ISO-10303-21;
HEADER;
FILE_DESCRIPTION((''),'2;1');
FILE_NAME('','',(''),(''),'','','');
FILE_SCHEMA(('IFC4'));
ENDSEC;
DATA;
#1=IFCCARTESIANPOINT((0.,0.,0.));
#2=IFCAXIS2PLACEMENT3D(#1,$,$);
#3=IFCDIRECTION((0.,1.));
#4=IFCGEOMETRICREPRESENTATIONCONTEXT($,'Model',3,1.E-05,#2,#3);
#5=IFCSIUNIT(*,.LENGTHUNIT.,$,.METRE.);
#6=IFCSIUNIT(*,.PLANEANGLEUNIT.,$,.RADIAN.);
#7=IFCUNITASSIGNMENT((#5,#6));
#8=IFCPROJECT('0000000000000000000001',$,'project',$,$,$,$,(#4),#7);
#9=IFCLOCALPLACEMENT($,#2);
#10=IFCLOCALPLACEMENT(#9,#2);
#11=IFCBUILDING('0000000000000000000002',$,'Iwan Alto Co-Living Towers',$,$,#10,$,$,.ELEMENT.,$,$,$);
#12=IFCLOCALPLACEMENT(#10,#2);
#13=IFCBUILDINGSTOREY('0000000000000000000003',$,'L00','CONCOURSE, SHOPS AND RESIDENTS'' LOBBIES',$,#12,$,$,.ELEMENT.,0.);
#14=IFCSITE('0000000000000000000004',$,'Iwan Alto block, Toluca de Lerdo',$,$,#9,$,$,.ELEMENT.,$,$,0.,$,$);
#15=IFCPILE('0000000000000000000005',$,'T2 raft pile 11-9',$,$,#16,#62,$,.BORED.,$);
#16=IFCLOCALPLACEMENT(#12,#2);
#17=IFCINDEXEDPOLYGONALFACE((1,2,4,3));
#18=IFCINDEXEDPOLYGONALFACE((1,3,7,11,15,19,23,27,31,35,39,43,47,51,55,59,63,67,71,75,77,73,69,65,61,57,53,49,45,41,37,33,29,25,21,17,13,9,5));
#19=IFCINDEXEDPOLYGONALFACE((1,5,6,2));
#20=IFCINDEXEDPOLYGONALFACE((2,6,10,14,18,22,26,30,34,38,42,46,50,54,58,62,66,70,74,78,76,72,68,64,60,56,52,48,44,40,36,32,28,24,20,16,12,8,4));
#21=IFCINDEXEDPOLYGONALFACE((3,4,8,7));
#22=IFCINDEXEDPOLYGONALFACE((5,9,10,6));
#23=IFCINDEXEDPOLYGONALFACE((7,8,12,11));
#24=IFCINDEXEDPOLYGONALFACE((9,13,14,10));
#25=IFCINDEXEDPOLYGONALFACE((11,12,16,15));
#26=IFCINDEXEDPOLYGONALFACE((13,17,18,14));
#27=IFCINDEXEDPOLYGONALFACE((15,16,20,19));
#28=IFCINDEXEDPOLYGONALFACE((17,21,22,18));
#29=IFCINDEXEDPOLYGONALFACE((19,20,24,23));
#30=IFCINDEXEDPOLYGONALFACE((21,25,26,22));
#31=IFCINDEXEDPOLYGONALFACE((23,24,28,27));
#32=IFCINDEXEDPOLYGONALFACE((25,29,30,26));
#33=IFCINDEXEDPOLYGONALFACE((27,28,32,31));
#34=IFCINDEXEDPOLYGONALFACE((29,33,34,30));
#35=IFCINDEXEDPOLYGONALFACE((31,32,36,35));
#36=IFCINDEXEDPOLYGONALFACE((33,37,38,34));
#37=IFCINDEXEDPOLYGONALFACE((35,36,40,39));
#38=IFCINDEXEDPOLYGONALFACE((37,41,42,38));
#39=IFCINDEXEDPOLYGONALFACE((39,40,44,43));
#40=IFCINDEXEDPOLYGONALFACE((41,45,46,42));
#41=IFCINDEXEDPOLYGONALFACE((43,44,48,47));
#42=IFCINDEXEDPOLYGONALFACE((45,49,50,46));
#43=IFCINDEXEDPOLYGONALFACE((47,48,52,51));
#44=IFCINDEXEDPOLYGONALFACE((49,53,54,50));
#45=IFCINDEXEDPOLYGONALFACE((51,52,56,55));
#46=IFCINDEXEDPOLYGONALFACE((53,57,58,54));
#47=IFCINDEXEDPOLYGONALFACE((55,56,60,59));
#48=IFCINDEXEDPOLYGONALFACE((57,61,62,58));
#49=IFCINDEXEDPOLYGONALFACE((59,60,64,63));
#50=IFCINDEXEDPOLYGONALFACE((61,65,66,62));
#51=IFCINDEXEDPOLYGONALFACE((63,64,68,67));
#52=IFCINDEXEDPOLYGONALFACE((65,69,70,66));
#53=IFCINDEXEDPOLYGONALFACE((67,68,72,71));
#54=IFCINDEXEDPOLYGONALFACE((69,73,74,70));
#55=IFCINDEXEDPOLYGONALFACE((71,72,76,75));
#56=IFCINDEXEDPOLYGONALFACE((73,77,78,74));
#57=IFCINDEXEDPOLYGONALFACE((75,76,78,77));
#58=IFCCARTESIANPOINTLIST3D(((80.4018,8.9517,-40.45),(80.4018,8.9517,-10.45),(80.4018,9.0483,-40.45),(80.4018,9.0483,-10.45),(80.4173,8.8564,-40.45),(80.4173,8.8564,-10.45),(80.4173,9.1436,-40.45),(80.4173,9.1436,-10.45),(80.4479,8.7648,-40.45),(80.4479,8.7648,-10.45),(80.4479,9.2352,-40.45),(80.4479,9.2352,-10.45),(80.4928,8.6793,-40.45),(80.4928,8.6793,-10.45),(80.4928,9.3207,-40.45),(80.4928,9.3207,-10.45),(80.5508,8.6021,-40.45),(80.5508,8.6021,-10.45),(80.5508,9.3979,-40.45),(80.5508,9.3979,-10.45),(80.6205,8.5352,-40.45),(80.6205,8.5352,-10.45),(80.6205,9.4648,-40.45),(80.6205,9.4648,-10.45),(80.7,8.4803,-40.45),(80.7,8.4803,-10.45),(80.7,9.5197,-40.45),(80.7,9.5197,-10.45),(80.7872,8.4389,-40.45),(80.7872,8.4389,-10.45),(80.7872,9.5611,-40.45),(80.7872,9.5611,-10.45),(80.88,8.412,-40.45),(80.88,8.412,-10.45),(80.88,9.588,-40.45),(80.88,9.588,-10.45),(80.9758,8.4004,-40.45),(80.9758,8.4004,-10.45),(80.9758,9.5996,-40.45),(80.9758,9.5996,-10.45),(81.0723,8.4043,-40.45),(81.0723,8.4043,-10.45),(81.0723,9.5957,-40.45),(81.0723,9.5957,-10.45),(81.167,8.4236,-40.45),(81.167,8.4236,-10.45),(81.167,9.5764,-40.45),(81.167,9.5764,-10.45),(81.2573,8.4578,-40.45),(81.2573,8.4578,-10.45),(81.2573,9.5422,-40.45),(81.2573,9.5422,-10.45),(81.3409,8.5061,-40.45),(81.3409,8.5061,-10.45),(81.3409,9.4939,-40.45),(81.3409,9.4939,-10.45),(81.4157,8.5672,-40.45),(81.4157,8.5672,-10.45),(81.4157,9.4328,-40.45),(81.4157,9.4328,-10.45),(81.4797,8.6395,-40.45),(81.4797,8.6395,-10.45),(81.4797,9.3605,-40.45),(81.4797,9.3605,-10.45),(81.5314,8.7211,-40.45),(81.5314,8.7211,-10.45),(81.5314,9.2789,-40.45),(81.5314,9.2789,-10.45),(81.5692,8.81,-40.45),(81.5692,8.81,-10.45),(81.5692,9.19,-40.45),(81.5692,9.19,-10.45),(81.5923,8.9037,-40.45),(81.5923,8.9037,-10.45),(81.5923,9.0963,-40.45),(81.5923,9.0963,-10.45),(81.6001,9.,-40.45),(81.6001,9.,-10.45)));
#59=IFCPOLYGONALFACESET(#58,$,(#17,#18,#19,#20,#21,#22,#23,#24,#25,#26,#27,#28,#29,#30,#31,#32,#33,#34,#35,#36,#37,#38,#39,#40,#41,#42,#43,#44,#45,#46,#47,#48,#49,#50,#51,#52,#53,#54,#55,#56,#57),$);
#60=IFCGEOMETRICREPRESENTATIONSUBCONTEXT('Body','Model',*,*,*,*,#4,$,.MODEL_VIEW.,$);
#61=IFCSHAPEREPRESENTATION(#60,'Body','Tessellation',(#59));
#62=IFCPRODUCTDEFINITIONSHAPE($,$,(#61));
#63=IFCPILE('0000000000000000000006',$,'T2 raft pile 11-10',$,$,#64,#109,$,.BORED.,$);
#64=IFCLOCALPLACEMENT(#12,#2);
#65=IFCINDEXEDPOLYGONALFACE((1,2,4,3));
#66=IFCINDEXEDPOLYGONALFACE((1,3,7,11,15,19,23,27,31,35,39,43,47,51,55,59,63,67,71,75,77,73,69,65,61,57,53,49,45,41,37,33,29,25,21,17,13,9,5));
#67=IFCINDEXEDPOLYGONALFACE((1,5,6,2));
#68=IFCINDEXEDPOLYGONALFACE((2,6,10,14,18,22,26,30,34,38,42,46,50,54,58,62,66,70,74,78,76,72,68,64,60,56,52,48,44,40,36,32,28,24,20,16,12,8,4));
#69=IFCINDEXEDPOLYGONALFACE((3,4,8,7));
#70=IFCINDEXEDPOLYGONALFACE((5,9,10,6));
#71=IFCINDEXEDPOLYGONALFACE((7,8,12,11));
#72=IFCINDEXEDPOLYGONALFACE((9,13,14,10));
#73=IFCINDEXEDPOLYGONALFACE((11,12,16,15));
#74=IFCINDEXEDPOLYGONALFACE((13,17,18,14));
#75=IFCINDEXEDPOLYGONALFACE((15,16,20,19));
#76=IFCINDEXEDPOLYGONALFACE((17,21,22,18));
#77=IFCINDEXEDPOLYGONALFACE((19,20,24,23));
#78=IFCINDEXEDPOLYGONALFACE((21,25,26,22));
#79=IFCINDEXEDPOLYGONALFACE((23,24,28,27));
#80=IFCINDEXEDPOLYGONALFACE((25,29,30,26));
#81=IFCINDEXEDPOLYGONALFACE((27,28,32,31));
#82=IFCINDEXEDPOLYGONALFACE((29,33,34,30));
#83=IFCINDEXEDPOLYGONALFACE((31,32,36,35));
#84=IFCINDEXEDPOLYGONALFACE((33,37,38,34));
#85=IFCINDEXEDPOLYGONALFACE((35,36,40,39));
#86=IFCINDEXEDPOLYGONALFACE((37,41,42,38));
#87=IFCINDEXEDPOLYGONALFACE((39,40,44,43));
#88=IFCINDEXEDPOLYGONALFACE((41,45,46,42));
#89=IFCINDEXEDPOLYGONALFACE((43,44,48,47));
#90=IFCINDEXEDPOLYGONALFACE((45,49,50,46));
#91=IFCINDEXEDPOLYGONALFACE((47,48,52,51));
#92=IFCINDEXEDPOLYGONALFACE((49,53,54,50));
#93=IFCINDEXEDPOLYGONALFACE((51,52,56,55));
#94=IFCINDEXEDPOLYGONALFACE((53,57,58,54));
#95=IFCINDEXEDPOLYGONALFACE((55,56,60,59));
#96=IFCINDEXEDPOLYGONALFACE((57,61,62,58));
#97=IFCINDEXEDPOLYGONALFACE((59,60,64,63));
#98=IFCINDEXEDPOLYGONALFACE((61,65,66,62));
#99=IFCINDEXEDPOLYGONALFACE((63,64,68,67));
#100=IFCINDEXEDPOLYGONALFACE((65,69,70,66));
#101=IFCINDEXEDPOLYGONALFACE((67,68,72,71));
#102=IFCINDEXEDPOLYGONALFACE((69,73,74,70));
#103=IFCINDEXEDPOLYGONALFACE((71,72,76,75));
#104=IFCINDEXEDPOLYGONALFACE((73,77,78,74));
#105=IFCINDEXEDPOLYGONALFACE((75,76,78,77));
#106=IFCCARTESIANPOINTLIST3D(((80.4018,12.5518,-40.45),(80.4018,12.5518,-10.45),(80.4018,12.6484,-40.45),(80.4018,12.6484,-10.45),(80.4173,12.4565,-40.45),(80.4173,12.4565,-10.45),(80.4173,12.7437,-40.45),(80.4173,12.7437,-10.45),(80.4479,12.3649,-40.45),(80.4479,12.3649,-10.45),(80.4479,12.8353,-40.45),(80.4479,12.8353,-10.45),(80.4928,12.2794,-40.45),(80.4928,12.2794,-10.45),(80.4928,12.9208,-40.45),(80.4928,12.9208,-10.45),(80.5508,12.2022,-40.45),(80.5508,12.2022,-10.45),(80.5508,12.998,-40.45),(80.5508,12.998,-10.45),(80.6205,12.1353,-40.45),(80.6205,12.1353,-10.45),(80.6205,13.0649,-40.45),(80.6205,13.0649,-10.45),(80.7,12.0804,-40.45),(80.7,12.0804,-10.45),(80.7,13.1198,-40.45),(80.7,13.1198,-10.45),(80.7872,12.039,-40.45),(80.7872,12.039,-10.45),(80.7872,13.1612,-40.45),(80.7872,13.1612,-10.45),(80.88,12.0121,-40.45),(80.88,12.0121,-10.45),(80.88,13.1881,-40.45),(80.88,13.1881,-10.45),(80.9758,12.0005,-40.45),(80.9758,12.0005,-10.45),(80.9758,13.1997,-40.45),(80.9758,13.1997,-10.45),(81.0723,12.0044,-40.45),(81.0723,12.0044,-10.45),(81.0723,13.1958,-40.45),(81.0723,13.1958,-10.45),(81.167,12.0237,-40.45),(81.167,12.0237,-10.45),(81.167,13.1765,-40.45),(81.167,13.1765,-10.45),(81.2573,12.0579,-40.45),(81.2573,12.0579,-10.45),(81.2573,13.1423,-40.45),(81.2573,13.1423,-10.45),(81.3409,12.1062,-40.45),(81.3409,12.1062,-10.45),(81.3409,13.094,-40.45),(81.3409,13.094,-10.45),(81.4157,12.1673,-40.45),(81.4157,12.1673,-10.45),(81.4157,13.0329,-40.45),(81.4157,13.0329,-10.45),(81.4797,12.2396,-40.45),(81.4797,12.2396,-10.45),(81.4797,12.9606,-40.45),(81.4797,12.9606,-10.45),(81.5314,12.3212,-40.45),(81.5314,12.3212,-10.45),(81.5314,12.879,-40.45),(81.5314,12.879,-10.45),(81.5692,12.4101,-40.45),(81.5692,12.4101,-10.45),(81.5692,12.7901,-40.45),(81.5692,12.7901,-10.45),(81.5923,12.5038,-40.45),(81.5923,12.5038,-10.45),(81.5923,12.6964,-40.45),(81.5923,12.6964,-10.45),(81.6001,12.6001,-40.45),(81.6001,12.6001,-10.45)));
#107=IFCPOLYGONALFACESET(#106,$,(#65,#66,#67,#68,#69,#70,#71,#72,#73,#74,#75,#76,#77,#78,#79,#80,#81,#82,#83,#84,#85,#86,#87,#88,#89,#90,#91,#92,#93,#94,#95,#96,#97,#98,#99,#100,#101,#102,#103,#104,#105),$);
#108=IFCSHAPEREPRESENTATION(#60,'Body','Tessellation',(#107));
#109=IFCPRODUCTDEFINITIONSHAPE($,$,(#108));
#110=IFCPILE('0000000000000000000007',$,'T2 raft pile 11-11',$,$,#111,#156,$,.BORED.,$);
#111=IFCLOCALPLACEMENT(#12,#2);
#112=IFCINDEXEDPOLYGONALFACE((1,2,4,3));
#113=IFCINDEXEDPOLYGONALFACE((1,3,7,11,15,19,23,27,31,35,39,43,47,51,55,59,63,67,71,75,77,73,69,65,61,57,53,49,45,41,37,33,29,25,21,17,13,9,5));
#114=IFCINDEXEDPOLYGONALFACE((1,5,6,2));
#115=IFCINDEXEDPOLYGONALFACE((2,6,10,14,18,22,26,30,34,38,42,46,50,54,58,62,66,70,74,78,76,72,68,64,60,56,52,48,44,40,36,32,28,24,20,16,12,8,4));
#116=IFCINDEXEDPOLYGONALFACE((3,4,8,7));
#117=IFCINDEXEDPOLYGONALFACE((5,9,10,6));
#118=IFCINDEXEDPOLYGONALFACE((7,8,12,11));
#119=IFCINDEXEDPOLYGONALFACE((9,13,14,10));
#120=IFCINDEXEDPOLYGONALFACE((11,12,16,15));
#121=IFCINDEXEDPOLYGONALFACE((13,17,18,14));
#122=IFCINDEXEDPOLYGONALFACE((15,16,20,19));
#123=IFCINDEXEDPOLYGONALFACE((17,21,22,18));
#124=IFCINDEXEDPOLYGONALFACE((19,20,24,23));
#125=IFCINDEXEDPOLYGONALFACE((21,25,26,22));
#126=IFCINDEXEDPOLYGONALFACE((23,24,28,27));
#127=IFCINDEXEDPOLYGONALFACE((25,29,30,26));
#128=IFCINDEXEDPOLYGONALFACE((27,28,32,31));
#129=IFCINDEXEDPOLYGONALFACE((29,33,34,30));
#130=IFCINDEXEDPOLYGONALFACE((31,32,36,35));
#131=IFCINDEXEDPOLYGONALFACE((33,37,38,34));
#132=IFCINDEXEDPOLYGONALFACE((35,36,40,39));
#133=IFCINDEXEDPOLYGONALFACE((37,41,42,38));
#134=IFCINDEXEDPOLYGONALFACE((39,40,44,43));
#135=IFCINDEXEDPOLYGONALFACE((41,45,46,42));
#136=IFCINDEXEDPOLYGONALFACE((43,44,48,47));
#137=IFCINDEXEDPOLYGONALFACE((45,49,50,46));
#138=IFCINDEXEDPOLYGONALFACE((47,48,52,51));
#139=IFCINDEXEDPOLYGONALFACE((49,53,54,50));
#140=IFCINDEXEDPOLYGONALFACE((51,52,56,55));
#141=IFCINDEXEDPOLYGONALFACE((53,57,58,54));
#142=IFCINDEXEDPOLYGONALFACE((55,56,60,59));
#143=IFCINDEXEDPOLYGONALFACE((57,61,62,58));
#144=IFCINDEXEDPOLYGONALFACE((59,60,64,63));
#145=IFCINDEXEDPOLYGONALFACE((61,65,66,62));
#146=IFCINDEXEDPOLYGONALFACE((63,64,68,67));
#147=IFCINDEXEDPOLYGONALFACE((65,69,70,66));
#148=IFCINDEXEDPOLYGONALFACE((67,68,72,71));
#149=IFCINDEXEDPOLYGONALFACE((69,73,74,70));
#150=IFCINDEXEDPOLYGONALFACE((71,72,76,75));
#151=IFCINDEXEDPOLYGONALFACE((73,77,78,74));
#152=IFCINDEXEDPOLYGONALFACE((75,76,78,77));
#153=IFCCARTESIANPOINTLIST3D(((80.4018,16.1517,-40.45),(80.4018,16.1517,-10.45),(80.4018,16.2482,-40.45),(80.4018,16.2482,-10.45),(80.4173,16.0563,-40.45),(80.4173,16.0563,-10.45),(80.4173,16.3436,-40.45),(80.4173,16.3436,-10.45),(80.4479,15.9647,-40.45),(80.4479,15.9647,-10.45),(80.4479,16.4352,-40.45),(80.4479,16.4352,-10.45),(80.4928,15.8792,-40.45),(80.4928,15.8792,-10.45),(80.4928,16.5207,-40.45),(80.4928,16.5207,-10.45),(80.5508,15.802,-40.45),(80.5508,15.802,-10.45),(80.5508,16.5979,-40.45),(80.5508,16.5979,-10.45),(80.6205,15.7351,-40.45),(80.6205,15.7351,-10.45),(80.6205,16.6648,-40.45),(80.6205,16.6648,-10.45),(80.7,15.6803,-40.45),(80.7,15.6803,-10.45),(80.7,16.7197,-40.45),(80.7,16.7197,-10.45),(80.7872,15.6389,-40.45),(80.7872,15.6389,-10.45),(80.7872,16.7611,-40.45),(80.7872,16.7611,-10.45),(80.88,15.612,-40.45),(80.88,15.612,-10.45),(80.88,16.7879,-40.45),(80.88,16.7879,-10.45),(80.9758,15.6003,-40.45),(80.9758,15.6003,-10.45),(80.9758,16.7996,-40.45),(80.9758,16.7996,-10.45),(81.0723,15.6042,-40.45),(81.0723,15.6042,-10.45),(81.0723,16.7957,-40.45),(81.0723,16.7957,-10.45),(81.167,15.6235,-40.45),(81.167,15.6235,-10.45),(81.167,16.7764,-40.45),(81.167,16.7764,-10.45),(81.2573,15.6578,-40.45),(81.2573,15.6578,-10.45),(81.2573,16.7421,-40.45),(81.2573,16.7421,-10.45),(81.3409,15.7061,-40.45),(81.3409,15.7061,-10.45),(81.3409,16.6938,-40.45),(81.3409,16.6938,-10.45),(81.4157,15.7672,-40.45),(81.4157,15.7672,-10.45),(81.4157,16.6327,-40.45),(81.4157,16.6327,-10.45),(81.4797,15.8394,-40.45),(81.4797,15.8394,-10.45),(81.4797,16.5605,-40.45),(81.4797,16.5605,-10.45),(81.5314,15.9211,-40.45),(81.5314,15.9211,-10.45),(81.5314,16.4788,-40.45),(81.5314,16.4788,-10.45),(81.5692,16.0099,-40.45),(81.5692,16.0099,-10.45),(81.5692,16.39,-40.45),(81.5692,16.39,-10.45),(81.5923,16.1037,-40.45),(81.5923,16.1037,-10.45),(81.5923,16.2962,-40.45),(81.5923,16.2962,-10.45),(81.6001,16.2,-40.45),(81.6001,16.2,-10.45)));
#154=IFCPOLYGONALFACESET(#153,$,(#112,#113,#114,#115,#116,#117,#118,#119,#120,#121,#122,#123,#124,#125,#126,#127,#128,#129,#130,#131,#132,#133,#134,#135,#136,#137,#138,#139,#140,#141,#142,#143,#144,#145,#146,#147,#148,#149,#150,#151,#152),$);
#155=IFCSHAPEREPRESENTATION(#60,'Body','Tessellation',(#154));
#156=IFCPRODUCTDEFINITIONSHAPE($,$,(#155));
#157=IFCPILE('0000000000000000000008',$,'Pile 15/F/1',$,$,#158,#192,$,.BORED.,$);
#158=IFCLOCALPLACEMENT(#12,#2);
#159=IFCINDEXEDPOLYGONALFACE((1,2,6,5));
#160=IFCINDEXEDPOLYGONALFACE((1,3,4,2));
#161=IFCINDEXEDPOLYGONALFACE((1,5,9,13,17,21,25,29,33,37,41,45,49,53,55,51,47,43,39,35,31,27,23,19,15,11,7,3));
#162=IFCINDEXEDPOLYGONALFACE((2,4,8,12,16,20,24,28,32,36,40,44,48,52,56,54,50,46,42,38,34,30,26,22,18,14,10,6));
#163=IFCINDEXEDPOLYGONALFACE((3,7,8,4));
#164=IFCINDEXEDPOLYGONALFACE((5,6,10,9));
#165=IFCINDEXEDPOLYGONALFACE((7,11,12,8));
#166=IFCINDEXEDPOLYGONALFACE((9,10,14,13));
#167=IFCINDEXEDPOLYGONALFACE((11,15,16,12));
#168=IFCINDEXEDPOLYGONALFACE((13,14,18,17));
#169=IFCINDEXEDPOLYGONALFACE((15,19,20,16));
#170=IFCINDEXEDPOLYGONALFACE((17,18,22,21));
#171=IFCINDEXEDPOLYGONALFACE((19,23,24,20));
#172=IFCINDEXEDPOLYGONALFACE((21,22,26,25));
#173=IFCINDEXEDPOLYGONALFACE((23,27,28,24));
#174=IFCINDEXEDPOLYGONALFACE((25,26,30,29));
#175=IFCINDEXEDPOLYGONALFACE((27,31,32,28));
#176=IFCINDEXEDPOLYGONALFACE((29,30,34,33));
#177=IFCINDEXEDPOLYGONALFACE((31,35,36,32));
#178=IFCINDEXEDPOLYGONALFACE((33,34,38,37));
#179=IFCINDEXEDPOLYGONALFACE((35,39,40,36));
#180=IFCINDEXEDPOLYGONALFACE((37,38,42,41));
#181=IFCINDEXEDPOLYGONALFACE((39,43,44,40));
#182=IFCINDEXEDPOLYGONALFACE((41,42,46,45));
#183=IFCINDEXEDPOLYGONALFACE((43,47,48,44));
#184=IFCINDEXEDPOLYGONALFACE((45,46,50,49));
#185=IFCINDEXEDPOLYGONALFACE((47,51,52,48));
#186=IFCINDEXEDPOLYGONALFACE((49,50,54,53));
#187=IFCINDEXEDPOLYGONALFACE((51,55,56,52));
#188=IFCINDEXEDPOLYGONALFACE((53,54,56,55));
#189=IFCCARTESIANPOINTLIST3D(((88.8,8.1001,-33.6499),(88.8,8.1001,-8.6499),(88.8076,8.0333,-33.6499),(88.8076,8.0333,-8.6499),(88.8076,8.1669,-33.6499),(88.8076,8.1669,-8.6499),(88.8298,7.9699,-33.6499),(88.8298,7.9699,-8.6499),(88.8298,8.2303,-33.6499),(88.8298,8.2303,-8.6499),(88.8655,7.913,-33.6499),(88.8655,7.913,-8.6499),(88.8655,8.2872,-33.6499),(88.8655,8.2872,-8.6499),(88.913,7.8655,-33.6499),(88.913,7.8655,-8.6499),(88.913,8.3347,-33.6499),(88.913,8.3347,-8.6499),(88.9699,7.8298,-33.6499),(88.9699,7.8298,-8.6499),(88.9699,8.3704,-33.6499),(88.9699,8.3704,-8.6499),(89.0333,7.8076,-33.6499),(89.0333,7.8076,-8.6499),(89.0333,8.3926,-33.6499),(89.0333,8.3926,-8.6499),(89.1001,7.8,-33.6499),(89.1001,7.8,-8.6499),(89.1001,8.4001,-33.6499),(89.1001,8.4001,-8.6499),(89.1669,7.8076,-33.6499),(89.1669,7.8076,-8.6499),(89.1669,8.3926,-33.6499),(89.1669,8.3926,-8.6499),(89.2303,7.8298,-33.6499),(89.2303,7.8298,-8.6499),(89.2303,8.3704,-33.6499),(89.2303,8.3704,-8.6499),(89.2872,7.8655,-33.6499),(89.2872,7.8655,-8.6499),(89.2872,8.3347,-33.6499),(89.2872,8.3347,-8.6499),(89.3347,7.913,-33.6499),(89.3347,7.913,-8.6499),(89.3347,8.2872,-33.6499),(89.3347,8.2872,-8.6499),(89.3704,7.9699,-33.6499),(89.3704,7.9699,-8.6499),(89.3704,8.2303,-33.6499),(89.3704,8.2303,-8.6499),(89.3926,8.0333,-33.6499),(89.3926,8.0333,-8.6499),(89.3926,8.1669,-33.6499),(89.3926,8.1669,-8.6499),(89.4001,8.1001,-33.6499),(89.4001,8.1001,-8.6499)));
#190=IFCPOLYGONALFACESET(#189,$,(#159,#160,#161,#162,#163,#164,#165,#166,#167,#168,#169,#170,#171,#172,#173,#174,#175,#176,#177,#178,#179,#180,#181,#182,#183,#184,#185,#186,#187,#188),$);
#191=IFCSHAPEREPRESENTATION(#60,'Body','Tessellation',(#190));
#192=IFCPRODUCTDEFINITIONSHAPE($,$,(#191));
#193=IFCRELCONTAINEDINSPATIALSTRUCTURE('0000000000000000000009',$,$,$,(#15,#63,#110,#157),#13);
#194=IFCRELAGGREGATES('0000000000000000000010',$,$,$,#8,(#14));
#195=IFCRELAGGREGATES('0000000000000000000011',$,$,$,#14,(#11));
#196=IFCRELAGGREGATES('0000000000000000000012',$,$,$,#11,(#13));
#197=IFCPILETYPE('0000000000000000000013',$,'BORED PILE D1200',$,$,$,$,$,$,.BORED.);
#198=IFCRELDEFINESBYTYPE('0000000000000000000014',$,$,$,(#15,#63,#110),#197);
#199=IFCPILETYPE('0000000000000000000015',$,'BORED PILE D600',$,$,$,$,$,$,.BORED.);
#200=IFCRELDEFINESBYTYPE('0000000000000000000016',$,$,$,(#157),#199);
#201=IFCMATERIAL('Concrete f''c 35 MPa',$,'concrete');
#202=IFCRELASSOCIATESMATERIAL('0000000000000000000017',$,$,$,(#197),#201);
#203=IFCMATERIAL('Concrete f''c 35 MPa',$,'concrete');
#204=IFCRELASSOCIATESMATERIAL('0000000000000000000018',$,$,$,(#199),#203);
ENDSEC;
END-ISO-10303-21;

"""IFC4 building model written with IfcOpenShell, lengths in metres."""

from ifc_helpers import new_model, si_unit, direction, frame, origin, origin_2d, place, context, subcontext, project, spatial, circle, extrude, material, material_profile, profile_set, type_object, element, save


model = new_model("IFC4")

# Units and contexts
model_context = context("Model", 3, precision=1e-05, world=origin(), true_north=direction((0.0, 1.0)))
body_context = subcontext(model_context, "Body", "Model", "MODEL_VIEW")
ifc_project = project(units=[si_unit("LENGTHUNIT", "METRE"), si_unit("PLANEANGLEUNIT", "RADIAN")], contexts=[model_context])

# Site, building, storey
site_placement = place(None, origin())
site = spatial("IfcSite", under=ifc_project, at=site_placement, Name="Iwan Alto block, Toluca de Lerdo", CompositionType="ELEMENT", RefElevation=0.0)
building_placement = place(site_placement, origin())
building = spatial("IfcBuilding", under=site, at=building_placement, Name="Iwan Alto Co-Living Towers", CompositionType="ELEMENT")
storey_placement = place(building_placement, origin())
storey = spatial("IfcBuildingStorey", under=building, at=storey_placement, Name="L00", Description="CONCOURSE, SHOPS AND RESIDENTS' LOBBIES", CompositionType="ELEMENT", Elevation=0.0)

# Piles
ifc_material_1 = material(Name="Concrete f'c 35 MPa", Category="concrete")
ifc_material_profile_1 = material_profile(ifc_material_1, circle(Radius=0.6001, at=origin_2d()), Name="D1200")
ifc_profile_set_1 = profile_set([ifc_material_profile_1], Name="Concrete f'c 35 MPa")
pile_type_1 = type_object("IfcPileType", Name="BORED PILE D1200", PredefinedType="BORED", material=ifc_profile_set_1)
for number, where, z_axis, x_axis, name in (
    (1, (81.0, 9.0, -10.45), (0.0, 0.0, -1.0), (1.0, 0.0, 0.0), "T2 raft pile 11-9"),
    (2, (81.0, 12.6001, -10.45), (0.0, 0.0, -1.0), (1.0, 0.0, 0.0), "T2 raft pile 11-10"),
    (3, (81.0, 16.2, -10.45), (0.0, 0.0, -1.0), (1.0, 0.0, 0.0), "T2 raft pile 11-11"),
):
    element("IfcPile", number, at=place(storey_placement, frame(where, z_axis=z_axis, x_axis=x_axis)), inside=storey, type_object=pile_type_1, Name=name, PredefinedType="BORED", context=body_context, shape_type="SweptSolid", body=[
        extrude(circle(Radius=0.6001, at=origin_2d()), origin(), (0.0, 0.0, 1.0), 30.0),
    ])
ifc_material_2 = material(Name="Concrete f'c 35 MPa", Category="concrete")
ifc_material_profile_2 = material_profile(ifc_material_2, circle(Radius=0.3, at=origin_2d()), Name="D600")
ifc_profile_set_2 = profile_set([ifc_material_profile_2], Name="Concrete f'c 35 MPa")
pile_type_2 = type_object("IfcPileType", Name="BORED PILE D600", PredefinedType="BORED", material=ifc_profile_set_2)
for number, where, z_axis, x_axis, name in (
    (4, (89.1001, 8.1001, -8.6499), (0.0, 0.0, -1.0), (1.0, 0.0, 0.0), "Pile 15/F/1"),
):
    element("IfcPile", number, at=place(storey_placement, frame(where, z_axis=z_axis, x_axis=x_axis)), inside=storey, type_object=pile_type_2, Name=name, PredefinedType="BORED", context=body_context, shape_type="SweptSolid", body=[
        extrude(circle(Radius=0.3, at=origin_2d()), origin(), (0.0, 0.0, 1.0), 25.0),
    ])

save(model, "model.ifc")
